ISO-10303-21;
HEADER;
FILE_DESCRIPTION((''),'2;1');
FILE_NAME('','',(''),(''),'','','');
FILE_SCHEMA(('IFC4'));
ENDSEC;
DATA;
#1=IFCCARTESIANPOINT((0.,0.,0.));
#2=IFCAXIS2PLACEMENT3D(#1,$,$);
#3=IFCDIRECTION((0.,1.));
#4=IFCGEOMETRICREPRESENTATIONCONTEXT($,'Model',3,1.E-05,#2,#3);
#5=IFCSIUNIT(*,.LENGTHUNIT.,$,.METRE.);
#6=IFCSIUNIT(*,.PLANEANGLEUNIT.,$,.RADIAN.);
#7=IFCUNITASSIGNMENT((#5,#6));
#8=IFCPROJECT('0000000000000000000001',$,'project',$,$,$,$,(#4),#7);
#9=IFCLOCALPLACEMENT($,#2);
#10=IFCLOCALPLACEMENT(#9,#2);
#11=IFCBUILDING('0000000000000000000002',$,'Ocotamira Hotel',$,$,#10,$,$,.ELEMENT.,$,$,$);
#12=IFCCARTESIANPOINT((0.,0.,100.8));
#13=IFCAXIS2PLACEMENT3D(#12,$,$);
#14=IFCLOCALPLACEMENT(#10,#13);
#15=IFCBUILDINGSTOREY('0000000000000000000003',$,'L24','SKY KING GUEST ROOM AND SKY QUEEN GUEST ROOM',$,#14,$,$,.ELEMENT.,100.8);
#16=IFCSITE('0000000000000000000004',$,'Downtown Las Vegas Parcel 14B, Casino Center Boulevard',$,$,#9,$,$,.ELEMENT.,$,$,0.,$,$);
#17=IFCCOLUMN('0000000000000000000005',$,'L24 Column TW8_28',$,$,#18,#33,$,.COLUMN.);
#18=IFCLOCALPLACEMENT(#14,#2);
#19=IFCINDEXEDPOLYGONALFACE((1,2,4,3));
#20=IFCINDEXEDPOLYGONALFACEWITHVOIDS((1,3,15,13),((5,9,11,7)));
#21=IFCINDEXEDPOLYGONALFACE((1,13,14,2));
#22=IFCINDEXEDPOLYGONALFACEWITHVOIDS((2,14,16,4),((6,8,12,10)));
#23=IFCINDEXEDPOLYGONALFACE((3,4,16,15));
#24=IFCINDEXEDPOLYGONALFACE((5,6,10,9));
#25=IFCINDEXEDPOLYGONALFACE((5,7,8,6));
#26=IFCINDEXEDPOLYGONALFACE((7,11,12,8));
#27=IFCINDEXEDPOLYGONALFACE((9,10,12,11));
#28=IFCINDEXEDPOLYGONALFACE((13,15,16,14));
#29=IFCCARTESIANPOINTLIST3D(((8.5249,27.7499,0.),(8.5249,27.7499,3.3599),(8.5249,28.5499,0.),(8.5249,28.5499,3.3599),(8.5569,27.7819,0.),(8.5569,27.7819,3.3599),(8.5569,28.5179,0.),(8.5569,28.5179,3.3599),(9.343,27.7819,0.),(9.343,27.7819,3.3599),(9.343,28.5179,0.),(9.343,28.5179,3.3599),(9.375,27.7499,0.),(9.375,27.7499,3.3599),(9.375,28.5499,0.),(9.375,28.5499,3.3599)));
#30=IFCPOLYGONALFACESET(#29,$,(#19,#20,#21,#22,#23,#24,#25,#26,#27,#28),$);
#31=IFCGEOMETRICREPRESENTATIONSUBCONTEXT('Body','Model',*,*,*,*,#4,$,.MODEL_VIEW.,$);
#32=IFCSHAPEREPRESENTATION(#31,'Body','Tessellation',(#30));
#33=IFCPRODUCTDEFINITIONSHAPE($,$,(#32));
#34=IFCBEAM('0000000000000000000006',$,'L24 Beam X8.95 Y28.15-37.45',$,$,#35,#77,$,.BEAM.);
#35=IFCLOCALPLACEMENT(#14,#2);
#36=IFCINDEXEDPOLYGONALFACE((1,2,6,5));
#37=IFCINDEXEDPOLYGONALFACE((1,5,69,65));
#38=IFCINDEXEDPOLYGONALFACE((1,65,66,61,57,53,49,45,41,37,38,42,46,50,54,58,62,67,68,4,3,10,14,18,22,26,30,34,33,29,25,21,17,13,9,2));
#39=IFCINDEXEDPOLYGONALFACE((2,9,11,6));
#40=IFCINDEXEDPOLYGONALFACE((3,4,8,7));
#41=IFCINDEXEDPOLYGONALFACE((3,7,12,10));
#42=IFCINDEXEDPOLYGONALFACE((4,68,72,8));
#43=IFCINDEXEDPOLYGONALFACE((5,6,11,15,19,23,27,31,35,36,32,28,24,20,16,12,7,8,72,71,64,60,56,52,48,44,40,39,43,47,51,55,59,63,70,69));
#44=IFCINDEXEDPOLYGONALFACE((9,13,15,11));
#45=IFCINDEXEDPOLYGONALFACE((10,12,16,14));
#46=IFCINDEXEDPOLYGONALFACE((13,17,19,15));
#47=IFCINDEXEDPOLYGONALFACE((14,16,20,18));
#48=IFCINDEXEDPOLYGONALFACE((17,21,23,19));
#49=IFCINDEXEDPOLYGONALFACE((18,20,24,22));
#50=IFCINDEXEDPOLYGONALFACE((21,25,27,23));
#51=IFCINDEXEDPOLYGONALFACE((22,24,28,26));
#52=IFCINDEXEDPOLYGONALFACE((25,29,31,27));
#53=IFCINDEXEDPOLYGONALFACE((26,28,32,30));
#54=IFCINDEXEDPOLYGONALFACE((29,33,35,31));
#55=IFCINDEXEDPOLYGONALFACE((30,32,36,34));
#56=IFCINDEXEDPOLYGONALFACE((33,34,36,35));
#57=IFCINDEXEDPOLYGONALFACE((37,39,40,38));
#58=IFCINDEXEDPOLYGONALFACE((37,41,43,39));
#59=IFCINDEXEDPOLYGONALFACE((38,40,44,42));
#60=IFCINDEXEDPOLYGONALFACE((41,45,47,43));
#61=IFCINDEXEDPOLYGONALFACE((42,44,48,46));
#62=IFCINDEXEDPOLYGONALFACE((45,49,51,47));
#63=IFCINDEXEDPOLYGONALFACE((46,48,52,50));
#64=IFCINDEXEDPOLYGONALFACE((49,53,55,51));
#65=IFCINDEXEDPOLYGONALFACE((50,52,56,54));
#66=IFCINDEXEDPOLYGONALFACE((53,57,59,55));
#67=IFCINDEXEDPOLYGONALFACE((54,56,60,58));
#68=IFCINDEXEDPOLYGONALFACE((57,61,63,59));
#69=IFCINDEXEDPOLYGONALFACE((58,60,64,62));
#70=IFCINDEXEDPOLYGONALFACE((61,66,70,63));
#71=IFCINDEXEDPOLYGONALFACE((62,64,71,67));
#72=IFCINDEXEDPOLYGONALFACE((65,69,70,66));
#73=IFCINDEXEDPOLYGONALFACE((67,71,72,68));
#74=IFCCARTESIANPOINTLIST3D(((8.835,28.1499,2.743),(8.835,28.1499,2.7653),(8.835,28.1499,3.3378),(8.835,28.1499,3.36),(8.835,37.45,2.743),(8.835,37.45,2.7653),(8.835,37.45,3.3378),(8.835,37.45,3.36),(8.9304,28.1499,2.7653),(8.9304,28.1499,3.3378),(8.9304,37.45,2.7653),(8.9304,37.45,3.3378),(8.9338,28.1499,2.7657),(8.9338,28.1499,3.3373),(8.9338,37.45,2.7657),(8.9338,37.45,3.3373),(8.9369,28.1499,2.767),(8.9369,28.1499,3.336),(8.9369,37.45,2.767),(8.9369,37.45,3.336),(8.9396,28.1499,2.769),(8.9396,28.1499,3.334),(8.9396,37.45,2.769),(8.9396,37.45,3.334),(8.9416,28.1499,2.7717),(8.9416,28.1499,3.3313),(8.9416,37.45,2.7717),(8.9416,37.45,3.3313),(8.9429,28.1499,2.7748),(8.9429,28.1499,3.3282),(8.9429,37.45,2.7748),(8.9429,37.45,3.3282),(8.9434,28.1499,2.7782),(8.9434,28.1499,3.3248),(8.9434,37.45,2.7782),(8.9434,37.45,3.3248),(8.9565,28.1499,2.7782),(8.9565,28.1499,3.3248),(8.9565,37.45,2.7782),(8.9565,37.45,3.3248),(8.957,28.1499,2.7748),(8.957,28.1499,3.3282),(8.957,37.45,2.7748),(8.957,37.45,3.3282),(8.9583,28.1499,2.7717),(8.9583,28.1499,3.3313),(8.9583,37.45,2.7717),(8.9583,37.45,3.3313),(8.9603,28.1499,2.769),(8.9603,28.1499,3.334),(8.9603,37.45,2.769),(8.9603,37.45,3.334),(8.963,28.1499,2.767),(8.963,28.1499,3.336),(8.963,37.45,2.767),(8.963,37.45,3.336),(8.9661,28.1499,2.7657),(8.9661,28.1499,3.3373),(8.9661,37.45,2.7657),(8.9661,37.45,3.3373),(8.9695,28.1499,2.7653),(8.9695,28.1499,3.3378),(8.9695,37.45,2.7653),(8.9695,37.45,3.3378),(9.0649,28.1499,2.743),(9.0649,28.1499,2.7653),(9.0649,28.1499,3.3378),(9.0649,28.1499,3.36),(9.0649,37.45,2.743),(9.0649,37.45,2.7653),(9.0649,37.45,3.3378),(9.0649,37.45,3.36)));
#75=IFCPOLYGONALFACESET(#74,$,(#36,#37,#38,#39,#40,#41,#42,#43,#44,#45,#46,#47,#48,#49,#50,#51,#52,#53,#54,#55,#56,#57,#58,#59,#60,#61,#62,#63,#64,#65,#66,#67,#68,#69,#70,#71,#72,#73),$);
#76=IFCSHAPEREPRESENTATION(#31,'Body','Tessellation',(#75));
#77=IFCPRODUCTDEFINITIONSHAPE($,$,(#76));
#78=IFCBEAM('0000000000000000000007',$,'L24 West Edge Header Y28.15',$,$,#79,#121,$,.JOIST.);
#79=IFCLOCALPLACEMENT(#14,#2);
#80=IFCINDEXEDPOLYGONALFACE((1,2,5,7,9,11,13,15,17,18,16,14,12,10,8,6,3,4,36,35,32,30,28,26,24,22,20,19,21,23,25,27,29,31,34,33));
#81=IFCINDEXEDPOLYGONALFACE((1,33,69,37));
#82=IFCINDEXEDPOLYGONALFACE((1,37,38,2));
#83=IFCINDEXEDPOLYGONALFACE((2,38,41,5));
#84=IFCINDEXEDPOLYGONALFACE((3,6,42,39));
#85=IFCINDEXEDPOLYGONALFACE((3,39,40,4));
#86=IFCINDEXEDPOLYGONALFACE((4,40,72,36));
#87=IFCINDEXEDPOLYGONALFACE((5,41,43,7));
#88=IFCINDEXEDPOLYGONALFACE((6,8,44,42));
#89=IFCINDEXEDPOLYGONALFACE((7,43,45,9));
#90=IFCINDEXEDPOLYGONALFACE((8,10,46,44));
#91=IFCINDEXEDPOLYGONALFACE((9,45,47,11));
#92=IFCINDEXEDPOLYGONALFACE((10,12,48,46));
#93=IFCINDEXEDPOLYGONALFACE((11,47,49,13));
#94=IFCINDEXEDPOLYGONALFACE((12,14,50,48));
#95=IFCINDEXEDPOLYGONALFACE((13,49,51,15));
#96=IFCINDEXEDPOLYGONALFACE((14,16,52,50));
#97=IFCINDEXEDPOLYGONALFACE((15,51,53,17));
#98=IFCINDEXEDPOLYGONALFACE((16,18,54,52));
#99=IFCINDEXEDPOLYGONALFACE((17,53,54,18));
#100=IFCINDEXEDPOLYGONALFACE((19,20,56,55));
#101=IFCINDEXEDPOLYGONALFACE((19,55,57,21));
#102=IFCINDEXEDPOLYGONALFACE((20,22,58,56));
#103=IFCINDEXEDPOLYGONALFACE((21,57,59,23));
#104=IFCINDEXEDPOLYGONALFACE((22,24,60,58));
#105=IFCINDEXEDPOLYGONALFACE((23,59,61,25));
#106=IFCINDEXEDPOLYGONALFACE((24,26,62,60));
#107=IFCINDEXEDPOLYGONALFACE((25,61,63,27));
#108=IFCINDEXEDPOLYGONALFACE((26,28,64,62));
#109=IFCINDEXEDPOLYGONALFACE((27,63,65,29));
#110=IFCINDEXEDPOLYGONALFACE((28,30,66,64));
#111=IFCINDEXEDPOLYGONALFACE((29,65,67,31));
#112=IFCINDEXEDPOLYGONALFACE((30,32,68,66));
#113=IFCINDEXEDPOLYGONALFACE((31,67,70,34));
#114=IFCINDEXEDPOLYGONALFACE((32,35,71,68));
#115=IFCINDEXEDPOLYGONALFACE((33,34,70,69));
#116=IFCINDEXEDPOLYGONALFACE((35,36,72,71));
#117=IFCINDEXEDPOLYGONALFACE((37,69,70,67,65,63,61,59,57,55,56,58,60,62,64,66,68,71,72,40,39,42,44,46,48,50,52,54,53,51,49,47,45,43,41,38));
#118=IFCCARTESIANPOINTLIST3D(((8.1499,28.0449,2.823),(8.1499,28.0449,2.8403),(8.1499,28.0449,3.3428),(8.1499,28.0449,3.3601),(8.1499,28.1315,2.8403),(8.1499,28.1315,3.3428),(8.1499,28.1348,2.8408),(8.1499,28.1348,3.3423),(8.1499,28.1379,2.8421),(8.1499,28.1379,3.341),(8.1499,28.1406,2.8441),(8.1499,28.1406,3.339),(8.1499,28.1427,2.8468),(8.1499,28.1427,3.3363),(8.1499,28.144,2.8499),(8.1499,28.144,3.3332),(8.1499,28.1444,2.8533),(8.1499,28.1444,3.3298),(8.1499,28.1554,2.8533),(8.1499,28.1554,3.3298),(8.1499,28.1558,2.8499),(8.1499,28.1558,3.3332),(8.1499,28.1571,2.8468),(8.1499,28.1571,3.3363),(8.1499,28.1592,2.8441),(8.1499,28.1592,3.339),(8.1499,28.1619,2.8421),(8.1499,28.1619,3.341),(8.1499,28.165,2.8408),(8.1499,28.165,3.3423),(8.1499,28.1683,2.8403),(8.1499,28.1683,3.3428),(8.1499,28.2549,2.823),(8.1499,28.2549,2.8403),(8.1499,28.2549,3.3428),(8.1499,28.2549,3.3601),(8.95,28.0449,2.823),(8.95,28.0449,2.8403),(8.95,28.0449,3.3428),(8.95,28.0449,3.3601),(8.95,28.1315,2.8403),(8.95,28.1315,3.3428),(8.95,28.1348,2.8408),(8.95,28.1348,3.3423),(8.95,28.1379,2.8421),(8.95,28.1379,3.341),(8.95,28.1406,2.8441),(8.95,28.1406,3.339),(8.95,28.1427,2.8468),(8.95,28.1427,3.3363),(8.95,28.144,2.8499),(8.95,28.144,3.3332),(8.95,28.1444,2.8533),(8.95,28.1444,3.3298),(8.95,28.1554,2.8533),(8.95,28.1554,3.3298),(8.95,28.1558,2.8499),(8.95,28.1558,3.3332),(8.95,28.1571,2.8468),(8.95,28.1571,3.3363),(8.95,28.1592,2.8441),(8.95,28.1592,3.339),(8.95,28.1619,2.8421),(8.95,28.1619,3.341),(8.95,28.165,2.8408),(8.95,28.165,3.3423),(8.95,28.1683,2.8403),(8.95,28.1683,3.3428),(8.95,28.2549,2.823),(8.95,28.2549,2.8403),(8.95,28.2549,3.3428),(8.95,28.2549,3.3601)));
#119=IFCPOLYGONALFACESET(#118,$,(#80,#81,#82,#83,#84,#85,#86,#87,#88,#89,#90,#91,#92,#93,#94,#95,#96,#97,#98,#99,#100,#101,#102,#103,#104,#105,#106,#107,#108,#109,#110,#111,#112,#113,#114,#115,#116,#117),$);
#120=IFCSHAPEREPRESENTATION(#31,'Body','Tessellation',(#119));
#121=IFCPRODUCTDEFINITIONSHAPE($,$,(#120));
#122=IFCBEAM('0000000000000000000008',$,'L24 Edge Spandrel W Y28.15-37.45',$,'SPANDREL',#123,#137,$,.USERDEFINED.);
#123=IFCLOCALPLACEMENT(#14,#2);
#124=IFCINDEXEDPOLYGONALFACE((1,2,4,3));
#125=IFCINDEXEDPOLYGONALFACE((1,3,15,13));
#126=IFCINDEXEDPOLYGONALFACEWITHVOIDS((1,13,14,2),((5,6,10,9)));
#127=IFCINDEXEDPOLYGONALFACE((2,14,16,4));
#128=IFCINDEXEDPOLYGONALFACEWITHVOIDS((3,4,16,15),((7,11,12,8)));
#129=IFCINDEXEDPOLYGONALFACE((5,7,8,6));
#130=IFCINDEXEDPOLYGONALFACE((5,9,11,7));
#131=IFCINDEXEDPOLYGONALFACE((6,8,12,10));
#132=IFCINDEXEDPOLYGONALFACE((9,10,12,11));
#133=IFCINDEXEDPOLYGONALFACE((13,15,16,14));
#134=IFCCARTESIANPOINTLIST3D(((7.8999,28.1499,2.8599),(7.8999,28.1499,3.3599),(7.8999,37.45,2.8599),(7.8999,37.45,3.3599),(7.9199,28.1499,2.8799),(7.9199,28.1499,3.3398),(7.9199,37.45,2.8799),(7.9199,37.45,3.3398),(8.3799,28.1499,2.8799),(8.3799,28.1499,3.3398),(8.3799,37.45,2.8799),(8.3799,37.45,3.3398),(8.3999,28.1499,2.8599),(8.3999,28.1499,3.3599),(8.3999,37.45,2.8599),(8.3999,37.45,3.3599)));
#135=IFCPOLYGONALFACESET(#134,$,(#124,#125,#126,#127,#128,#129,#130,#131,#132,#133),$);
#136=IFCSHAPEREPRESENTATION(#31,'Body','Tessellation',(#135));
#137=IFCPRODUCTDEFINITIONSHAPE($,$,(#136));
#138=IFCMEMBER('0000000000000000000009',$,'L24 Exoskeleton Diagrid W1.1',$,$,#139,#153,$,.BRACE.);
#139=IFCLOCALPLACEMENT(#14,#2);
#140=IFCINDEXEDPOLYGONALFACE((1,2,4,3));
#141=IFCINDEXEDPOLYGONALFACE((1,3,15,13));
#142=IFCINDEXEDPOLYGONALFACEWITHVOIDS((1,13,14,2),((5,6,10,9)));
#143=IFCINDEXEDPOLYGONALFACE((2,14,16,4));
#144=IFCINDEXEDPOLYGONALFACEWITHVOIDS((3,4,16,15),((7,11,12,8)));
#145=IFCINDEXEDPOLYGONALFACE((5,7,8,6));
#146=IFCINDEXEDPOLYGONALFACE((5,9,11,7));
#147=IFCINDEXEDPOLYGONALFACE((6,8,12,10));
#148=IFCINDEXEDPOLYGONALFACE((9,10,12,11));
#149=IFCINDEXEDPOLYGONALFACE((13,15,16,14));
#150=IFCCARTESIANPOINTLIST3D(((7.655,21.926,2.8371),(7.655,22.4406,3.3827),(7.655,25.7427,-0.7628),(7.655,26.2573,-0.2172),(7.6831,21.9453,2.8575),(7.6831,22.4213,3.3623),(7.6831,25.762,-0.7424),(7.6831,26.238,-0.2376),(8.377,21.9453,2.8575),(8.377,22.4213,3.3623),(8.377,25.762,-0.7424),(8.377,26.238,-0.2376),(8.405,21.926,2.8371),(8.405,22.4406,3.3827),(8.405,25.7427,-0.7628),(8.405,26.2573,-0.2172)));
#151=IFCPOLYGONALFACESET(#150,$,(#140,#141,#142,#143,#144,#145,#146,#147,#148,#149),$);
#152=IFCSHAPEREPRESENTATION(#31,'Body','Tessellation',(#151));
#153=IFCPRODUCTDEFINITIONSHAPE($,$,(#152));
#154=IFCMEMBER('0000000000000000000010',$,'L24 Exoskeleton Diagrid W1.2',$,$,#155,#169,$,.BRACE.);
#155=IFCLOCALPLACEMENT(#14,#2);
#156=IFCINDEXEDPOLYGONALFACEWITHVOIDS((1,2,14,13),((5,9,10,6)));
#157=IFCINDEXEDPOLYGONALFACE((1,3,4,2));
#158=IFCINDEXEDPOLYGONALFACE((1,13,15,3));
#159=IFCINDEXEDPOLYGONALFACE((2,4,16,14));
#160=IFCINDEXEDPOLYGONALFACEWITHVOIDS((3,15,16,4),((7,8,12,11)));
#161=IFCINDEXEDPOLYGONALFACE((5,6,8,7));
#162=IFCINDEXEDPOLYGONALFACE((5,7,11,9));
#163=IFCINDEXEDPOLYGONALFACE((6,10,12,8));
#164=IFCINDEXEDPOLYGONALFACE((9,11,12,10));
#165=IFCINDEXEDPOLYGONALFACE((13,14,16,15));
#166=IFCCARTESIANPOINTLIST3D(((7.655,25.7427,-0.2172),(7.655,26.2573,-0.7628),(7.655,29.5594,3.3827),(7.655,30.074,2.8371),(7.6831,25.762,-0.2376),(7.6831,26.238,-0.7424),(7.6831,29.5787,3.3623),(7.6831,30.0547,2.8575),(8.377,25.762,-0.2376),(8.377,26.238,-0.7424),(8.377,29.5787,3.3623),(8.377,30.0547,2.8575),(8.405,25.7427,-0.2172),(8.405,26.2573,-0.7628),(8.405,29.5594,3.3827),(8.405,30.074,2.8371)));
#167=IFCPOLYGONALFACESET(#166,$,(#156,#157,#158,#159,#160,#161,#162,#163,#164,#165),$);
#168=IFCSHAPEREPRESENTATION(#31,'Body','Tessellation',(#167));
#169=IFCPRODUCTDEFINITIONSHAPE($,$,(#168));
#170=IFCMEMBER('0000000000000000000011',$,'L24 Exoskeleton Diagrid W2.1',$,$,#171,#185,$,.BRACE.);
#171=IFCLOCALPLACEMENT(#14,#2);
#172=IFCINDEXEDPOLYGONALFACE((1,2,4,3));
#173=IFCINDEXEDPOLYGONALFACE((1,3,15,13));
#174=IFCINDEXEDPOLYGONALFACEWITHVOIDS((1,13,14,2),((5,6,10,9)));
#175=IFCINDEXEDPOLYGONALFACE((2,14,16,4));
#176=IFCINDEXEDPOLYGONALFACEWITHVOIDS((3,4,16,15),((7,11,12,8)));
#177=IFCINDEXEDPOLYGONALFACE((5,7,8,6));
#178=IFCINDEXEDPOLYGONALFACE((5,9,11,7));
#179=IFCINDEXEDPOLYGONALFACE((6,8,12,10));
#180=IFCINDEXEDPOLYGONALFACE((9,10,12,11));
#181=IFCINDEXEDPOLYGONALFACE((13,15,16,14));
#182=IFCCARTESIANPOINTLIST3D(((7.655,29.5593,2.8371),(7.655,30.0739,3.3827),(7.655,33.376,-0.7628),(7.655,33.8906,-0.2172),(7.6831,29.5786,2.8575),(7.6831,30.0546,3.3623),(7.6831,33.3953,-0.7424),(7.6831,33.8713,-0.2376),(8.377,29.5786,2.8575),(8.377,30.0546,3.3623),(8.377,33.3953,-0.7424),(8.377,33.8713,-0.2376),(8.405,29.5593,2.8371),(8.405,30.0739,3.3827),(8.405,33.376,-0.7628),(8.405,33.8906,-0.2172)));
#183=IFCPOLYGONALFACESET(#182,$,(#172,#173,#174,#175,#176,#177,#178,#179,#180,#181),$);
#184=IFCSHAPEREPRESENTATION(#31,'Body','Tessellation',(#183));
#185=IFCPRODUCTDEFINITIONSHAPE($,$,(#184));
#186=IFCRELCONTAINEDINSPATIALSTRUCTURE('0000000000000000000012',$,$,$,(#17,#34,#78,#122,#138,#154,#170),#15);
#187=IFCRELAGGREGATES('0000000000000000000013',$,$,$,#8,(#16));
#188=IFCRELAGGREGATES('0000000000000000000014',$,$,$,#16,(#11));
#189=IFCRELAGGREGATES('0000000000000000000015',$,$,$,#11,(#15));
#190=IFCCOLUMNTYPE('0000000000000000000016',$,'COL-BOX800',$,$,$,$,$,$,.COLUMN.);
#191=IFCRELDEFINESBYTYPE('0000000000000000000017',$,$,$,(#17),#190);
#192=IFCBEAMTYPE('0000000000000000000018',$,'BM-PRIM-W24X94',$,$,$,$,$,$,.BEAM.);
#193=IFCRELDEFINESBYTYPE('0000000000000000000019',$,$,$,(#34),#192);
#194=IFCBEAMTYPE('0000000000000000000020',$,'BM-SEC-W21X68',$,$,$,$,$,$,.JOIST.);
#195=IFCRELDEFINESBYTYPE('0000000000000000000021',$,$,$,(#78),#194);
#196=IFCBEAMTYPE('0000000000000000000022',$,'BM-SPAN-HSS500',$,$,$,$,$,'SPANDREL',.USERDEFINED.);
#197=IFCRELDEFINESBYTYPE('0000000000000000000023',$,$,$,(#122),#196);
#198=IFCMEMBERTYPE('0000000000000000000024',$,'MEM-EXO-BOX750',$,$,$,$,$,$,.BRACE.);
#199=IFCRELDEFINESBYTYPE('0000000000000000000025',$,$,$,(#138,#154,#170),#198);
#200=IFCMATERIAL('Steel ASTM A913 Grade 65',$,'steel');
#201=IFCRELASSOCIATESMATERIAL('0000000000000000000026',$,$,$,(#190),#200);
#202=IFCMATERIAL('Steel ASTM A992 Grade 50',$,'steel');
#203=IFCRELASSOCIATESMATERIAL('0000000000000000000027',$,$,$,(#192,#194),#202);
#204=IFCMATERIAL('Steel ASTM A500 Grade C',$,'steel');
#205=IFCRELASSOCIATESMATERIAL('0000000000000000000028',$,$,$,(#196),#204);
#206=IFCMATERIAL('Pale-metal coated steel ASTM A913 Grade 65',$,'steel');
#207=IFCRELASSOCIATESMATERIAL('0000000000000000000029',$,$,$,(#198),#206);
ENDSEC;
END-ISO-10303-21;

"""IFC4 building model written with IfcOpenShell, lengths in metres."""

from ifc_helpers import new_model, si_unit, direction, frame, origin, origin_2d, place, context, subcontext, project, spatial, hollow_rectangle, i_section, extrude, source, transform, mapped, material, material_profile, profile_set, type_object, element, save


model = new_model("IFC4")

# Units and contexts
model_context = context("Model", 3, precision=1e-05, world=origin(), true_north=direction((0.0, 1.0)))
body_context = subcontext(model_context, "Body", "Model", "MODEL_VIEW")
ifc_project = project(units=[si_unit("LENGTHUNIT", "METRE"), si_unit("PLANEANGLEUNIT", "RADIAN")], contexts=[model_context])

# Site, building, storey
site_placement = place(None, origin())
site = spatial("IfcSite", under=ifc_project, at=site_placement, Name="Downtown Las Vegas Parcel 14B, Casino Center Boulevard", CompositionType="ELEMENT", RefElevation=0.0)
building_placement = place(site_placement, origin())
building = spatial("IfcBuilding", under=site, at=building_placement, Name="Ocotamira Hotel", CompositionType="ELEMENT")
storey_placement = place(building_placement, frame((0.0, 0.0, 100.8)))
storey = spatial("IfcBuildingStorey", under=building, at=storey_placement, Name="L24", Description="SKY KING GUEST ROOM AND SKY QUEEN GUEST ROOM", CompositionType="ELEMENT", Elevation=100.8)

# Column
ifc_material_1 = material(Name="Steel ASTM A913 Grade 65", Category="steel")
ifc_material_profile_1 = material_profile(ifc_material_1, hollow_rectangle(XDim=0.8501, YDim=0.8, WallThickness=0.032, at=origin_2d()), Name="BOX800X850X32")
ifc_profile_set_1 = profile_set([ifc_material_profile_1], Name="Steel ASTM A913 Grade 65")
column_type = type_object("IfcColumnType", Name="COL-BOX800", PredefinedType="COLUMN", material=ifc_profile_set_1)
shared_shape_1 = source(origin(), body_context, "Body", "SweptSolid", [
    extrude(hollow_rectangle(XDim=0.8501, YDim=0.8, WallThickness=0.032, at=origin_2d()), origin(), (0.0, 0.0, 1.0), 3.3599),
])
column_placement = place(storey_placement, frame((8.95, 28.1499, 0.0), z_axis=(0.0, 0.0, 1.0), x_axis=(1.0, 0.0, 0.0)))
element("IfcColumn", 1, at=column_placement, inside=storey, type_object=column_type, Name="L24 Column TW8_28", PredefinedType="COLUMN", context=body_context, shape_type="MappedRepresentation", body=[
    mapped(shared_shape_1, transform((0.0, 0.0, 0.0), scale=1.0)),
])

# Beams
ifc_material_2 = material(Name="Steel ASTM A992 Grade 50", Category="steel")
ifc_material_profile_2 = material_profile(ifc_material_2, i_section(OverallWidth=0.23, OverallDepth=0.6169, WebThickness=0.0132, FlangeThickness=0.0222, FilletRadius=0.0129, at=origin_2d()), Name="W24X94")
ifc_profile_set_2 = profile_set([ifc_material_profile_2], Name="Steel ASTM A992 Grade 50")
beam_type_1 = type_object("IfcBeamType", Name="BM-PRIM-W24X94", PredefinedType="BEAM", material=ifc_profile_set_2)
shared_shape_2 = source(origin(), body_context, "Body", "SweptSolid", [
    extrude(i_section(OverallWidth=0.23, OverallDepth=0.6169, WebThickness=0.0132, FlangeThickness=0.0222, FilletRadius=0.0129, at=origin_2d()), origin(), (0.0, 0.0, 1.0), 9.3),
])
beam_1_placement = place(storey_placement, frame((8.95, 28.1499, 3.0515), z_axis=(0.0, 1.0, 0.0), x_axis=(-1.0, 0.0, 0.0)))
element("IfcBeam", 2, at=beam_1_placement, inside=storey, type_object=beam_type_1, Name="L24 Beam X8.95 Y28.15-37.45", PredefinedType="BEAM", context=body_context, shape_type="MappedRepresentation", body=[
    mapped(shared_shape_2, transform((0.0, 0.0, 0.0), scale=1.0)),
])
ifc_material_profile_3 = material_profile(ifc_material_2, i_section(OverallWidth=0.21, OverallDepth=0.5371, WebThickness=0.011, FlangeThickness=0.0173, FilletRadius=0.0129, at=origin_2d()), Name="W21X68")
ifc_profile_set_3 = profile_set([ifc_material_profile_3], Name="Steel ASTM A992 Grade 50")
beam_type_2 = type_object("IfcBeamType", Name="BM-SEC-W21X68", PredefinedType="JOIST", material=ifc_profile_set_3)
shared_shape_3 = source(origin(), body_context, "Body", "SweptSolid", [
    extrude(i_section(OverallWidth=0.21, OverallDepth=0.5371, WebThickness=0.011, FlangeThickness=0.0173, FilletRadius=0.0129, at=origin_2d()), origin(), (0.0, 0.0, 1.0), 0.8),
])
beam_2_placement = place(storey_placement, frame((8.95, 28.1499, 3.0916), z_axis=(-1.0, 0.0, 0.0), x_axis=(0.0, -1.0, 0.0)))
element("IfcBeam", 3, at=beam_2_placement, inside=storey, type_object=beam_type_2, Name="L24 West Edge Header Y28.15", PredefinedType="JOIST", context=body_context, shape_type="MappedRepresentation", body=[
    mapped(shared_shape_3, transform((0.0, 0.0, 0.0), scale=1.0)),
])
ifc_material_3 = material(Name="Steel ASTM A500 Grade C", Category="steel")
ifc_material_profile_4 = material_profile(ifc_material_3, hollow_rectangle(XDim=0.5, YDim=0.5, WallThickness=0.02, at=origin_2d()), Name="HSS500X500X20")
ifc_profile_set_4 = profile_set([ifc_material_profile_4], Name="Steel ASTM A500 Grade C")
beam_type_3 = type_object("IfcBeamType", Name="BM-SPAN-HSS500", ElementType="SPANDREL", PredefinedType="USERDEFINED", material=ifc_profile_set_4)
shared_shape_4 = source(origin(), body_context, "Body", "SweptSolid", [
    extrude(hollow_rectangle(XDim=0.5, YDim=0.5, WallThickness=0.02, at=origin_2d()), origin(), (0.0, 0.0, 1.0), 9.3),
])
beam_3_placement = place(storey_placement, frame((8.1499, 28.1499, 3.1099), z_axis=(0.0, 1.0, 0.0), x_axis=(-1.0, 0.0, 0.0)))
element("IfcBeam", 4, at=beam_3_placement, inside=storey, type_object=beam_type_3, Name="L24 Edge Spandrel W Y28.15-37.45", ObjectType="SPANDREL", PredefinedType="USERDEFINED", context=body_context, shape_type="MappedRepresentation", body=[
    mapped(shared_shape_4, transform((0.0, 0.0, 0.0), scale=1.0)),
])

# Members
ifc_material_4 = material(Name="Pale-metal coated steel ASTM A913 Grade 65", Category="steel")
ifc_material_profile_5 = material_profile(ifc_material_4, hollow_rectangle(XDim=0.75, YDim=0.75, WallThickness=0.0281, at=origin_2d()), Name="BOX750X750X28")
ifc_profile_set_5 = profile_set([ifc_material_profile_5], Name="Pale-metal coated steel ASTM A913 Grade 65")
member_type_1 = type_object("IfcMemberType", Name="MEM-EXO-BOX750", PredefinedType="BRACE", material=ifc_profile_set_5)
shared_shape_5 = source(origin(), body_context, "Body", "SweptSolid", [
    extrude(hollow_rectangle(XDim=0.75, YDim=0.75, WallThickness=0.0281, at=origin_2d()), origin(), (0.0, 0.0, 1.0), 5.2466),
])
for number, where, z_axis, x_axis, name in (
    (5, (8.03, 26.0, -0.49), (0.0, -0.727466, 0.686144), (1.0, 0.0, 0.0), "L24 Exoskeleton Diagrid W1.1"),
    (6, (8.03, 26.0, -0.49), (0.0, 0.727466, 0.686144), (-1.0, 0.0, 0.0), "L24 Exoskeleton Diagrid W1.2"),
    (7, (8.03, 33.6333, -0.49), (0.0, -0.727466, 0.686144), (1.0, 0.0, 0.0), "L24 Exoskeleton Diagrid W2.1"),
):
    element("IfcMember", number, at=place(storey_placement, frame(where, z_axis=z_axis, x_axis=x_axis)), inside=storey, type_object=member_type_1, Name=name, PredefinedType="BRACE", context=body_context, shape_type="MappedRepresentation", body=[
        mapped(shared_shape_5, transform((0.0, 0.0, 0.0), scale=1.0)),
    ])

save(model, "model.ifc")
